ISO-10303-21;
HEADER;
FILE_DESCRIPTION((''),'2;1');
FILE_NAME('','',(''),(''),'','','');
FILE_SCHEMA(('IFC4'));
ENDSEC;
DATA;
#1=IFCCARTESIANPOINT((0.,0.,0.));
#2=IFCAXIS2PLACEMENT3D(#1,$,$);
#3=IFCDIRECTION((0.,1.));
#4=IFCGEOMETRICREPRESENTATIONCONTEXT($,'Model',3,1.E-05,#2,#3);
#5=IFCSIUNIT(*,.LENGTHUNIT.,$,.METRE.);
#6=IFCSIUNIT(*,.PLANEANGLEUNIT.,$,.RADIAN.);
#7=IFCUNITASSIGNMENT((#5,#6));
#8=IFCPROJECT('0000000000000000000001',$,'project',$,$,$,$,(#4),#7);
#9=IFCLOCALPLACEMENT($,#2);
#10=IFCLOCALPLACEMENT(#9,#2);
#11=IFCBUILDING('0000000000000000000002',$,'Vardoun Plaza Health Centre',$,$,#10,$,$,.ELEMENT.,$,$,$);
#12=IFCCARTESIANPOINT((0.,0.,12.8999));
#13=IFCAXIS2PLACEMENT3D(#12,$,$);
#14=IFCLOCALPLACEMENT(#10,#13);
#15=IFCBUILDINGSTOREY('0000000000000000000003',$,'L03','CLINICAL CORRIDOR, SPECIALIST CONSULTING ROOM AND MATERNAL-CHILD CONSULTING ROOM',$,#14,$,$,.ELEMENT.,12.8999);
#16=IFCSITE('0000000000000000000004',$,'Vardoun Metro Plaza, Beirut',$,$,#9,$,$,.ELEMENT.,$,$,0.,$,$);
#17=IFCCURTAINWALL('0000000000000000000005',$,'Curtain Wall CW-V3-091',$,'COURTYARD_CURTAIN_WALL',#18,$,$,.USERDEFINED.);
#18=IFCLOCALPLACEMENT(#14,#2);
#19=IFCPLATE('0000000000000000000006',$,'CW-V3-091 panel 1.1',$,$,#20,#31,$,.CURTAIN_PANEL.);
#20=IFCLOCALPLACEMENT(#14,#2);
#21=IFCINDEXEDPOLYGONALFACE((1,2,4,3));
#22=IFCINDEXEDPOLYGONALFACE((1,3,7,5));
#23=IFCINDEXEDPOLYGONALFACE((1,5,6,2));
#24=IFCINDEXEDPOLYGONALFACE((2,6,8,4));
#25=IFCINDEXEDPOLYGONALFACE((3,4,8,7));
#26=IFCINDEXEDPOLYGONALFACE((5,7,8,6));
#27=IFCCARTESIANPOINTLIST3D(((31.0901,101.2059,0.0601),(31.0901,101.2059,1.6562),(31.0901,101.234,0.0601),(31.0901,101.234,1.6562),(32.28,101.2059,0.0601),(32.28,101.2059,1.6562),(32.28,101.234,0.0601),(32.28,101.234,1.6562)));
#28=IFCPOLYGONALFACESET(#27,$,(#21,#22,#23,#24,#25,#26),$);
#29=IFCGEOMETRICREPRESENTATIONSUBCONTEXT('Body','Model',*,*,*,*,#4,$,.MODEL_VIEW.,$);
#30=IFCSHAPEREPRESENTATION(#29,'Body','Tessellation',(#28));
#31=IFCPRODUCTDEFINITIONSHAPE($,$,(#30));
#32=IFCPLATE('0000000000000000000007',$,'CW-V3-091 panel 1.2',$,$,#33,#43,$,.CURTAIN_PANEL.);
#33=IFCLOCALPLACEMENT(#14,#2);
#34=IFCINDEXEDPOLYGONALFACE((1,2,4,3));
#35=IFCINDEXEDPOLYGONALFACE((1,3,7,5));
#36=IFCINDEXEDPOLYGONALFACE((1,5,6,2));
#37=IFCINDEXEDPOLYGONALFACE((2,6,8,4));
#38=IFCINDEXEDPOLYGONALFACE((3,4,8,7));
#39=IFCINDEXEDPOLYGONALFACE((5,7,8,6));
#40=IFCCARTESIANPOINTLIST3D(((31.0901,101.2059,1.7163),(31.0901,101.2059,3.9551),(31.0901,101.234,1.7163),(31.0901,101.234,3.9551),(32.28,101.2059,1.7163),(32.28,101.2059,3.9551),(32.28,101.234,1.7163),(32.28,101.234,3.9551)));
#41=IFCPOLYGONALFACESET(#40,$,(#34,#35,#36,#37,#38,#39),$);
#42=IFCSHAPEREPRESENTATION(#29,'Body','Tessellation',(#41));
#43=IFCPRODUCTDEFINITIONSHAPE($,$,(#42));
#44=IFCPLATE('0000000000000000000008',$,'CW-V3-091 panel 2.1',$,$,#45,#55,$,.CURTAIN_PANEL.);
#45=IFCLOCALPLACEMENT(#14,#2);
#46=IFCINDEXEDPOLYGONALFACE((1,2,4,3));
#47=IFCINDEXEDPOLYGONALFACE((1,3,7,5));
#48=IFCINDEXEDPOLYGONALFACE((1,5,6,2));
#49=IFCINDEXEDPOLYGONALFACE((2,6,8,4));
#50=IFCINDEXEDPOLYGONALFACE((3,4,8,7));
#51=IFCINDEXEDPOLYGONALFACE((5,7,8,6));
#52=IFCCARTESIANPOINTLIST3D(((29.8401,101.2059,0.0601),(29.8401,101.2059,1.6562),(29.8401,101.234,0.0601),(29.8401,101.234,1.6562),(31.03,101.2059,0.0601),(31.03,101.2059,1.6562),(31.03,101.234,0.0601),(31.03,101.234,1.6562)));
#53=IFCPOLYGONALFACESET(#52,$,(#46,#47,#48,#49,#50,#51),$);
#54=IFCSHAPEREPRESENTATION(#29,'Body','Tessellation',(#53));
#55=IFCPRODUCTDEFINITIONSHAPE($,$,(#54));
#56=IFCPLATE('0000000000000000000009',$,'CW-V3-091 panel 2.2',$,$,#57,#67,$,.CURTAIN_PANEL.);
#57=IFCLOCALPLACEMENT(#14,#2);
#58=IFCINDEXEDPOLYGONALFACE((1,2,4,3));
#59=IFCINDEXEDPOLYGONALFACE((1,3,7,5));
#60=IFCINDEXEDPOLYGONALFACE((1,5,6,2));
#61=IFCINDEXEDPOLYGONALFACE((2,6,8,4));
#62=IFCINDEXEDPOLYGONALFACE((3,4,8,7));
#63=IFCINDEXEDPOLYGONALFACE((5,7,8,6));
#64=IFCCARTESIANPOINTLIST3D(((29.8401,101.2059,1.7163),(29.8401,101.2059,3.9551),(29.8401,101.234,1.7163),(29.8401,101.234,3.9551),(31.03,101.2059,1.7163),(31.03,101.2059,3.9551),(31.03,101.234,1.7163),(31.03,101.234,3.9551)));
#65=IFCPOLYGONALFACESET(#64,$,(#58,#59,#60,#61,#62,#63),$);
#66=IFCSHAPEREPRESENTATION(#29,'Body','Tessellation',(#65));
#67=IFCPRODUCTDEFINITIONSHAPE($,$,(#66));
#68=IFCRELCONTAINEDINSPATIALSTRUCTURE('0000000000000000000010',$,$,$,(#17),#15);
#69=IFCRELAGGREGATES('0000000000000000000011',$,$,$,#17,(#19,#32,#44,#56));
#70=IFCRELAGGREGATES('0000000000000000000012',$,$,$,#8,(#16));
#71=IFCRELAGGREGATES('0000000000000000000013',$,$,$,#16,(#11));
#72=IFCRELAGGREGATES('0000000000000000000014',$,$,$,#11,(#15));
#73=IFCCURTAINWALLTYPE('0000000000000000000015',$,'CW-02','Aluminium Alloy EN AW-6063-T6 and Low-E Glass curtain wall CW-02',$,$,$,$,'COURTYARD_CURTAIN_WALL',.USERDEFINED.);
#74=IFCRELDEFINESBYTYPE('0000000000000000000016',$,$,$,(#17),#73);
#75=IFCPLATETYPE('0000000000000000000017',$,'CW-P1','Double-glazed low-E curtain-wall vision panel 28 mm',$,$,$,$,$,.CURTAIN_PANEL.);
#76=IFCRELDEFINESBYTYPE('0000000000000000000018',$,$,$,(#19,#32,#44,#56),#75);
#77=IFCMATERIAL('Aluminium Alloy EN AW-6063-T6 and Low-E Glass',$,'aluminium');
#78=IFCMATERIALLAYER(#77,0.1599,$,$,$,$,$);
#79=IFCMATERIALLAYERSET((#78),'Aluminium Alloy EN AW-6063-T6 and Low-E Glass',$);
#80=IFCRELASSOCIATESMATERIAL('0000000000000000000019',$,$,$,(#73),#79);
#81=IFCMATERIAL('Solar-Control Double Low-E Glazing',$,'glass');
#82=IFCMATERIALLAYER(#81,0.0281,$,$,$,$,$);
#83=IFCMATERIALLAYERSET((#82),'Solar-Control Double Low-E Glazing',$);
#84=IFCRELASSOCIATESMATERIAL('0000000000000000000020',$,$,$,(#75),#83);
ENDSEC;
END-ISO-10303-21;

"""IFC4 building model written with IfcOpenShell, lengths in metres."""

from ifc_helpers import new_model, si_unit, direction, frame, origin, origin_2d, place, context, subcontext, project, spatial, rectangle, extrude, material, layer, layer_set, type_object, element, aggregate, save


model = new_model("IFC4")

# Units and contexts
model_context = context("Model", 3, precision=1e-05, world=origin(), true_north=direction((0.0, 1.0)))
body_context = subcontext(model_context, "Body", "Model", "MODEL_VIEW")
ifc_project = project(units=[si_unit("LENGTHUNIT", "METRE"), si_unit("PLANEANGLEUNIT", "RADIAN")], contexts=[model_context])

# Site, building, storey
site_placement = place(None, origin())
site = spatial("IfcSite", under=ifc_project, at=site_placement, Name="Vardoun Metro Plaza, Beirut", CompositionType="ELEMENT", RefElevation=0.0)
building_placement = place(site_placement, origin())
building = spatial("IfcBuilding", under=site, at=building_placement, Name="Vardoun Plaza Health Centre", CompositionType="ELEMENT")
storey_placement = place(building_placement, frame((0.0, 0.0, 12.8999)))
storey = spatial("IfcBuildingStorey", under=building, at=storey_placement, Name="L03", Description="CLINICAL CORRIDOR, SPECIALIST CONSULTING ROOM AND MATERNAL-CHILD CONSULTING ROOM", CompositionType="ELEMENT", Elevation=12.8999)

# Curtain wall
ifc_material_1 = material(Name="Aluminium Alloy EN AW-6063-T6 and Low-E Glass", Category="aluminium")
ifc_layer_1 = layer(ifc_material_1, 0.1599)
ifc_layer_set_1 = layer_set([ifc_layer_1], Name="Aluminium Alloy EN AW-6063-T6 and Low-E Glass")
curtain_wall_type = type_object("IfcCurtainWallType", Name="CW-02", Description="Aluminium Alloy EN AW-6063-T6 and Low-E Glass curtain wall CW-02", ElementType="COURTYARD_CURTAIN_WALL", PredefinedType="USERDEFINED", material=ifc_layer_set_1)
curtain_wall_1_placement = place(storey_placement, origin())
curtain_wall_1 = element("IfcCurtainWall", 1, at=curtain_wall_1_placement, inside=storey, type_object=curtain_wall_type, Name="Curtain Wall CW-V3-091", ObjectType="COURTYARD_CURTAIN_WALL", PredefinedType="USERDEFINED")

# Plates
ifc_material_2 = material(Name="Solar-Control Double Low-E Glazing", Category="glass")
ifc_layer_2 = layer(ifc_material_2, 0.0281)
ifc_layer_set_2 = layer_set([ifc_layer_2], Name="Solar-Control Double Low-E Glazing")
plate_type = type_object("IfcPlateType", Name="CW-P1", Description="Double-glazed low-E curtain-wall vision panel 28 mm", PredefinedType="CURTAIN_PANEL", material=ifc_layer_set_2)
plate_1_placement = place(storey_placement, frame((31.6851, 101.22, 0.0601), z_axis=(0.0, 0.0, 1.0), x_axis=(-1.0, 0.0, 0.0)))
plate_1 = element("IfcPlate", 2, at=plate_1_placement, type_object=plate_type, Name="CW-V3-091 panel 1.1", PredefinedType="CURTAIN_PANEL", context=body_context, shape_type="SweptSolid", body=[
    extrude(rectangle(XDim=1.1899, YDim=0.0281, at=origin_2d()), origin(), (0.0, 0.0, 1.0), 1.5962),
])
plate_2_placement = place(storey_placement, frame((31.6851, 101.22, 1.7163), z_axis=(0.0, 0.0, 1.0), x_axis=(-1.0, 0.0, 0.0)))
plate_2 = element("IfcPlate", 3, at=plate_2_placement, type_object=plate_type, Name="CW-V3-091 panel 1.2", PredefinedType="CURTAIN_PANEL", context=body_context, shape_type="SweptSolid", body=[
    extrude(rectangle(XDim=1.1899, YDim=0.0281, at=origin_2d()), origin(), (0.0, 0.0, 1.0), 2.2388),
])
plate_3_placement = place(storey_placement, frame((30.4351, 101.22, 0.0601), z_axis=(0.0, 0.0, 1.0), x_axis=(-1.0, 0.0, 0.0)))
plate_3 = element("IfcPlate", 4, at=plate_3_placement, type_object=plate_type, Name="CW-V3-091 panel 2.1", PredefinedType="CURTAIN_PANEL", context=body_context, shape_type="SweptSolid", body=[
    extrude(rectangle(XDim=1.1899, YDim=0.0281, at=origin_2d()), origin(), (0.0, 0.0, 1.0), 1.5962),
])
plate_4_placement = place(storey_placement, frame((30.4351, 101.22, 1.7163), z_axis=(0.0, 0.0, 1.0), x_axis=(-1.0, 0.0, 0.0)))
plate_4 = element("IfcPlate", 5, at=plate_4_placement, type_object=plate_type, Name="CW-V3-091 panel 2.2", PredefinedType="CURTAIN_PANEL", context=body_context, shape_type="SweptSolid", body=[
    extrude(rectangle(XDim=1.1899, YDim=0.0281, at=origin_2d()), origin(), (0.0, 0.0, 1.0), 2.2388),
])
aggregate(curtain_wall_1, [plate_1, plate_2, plate_3, plate_4])

save(model, "model.ifc")
